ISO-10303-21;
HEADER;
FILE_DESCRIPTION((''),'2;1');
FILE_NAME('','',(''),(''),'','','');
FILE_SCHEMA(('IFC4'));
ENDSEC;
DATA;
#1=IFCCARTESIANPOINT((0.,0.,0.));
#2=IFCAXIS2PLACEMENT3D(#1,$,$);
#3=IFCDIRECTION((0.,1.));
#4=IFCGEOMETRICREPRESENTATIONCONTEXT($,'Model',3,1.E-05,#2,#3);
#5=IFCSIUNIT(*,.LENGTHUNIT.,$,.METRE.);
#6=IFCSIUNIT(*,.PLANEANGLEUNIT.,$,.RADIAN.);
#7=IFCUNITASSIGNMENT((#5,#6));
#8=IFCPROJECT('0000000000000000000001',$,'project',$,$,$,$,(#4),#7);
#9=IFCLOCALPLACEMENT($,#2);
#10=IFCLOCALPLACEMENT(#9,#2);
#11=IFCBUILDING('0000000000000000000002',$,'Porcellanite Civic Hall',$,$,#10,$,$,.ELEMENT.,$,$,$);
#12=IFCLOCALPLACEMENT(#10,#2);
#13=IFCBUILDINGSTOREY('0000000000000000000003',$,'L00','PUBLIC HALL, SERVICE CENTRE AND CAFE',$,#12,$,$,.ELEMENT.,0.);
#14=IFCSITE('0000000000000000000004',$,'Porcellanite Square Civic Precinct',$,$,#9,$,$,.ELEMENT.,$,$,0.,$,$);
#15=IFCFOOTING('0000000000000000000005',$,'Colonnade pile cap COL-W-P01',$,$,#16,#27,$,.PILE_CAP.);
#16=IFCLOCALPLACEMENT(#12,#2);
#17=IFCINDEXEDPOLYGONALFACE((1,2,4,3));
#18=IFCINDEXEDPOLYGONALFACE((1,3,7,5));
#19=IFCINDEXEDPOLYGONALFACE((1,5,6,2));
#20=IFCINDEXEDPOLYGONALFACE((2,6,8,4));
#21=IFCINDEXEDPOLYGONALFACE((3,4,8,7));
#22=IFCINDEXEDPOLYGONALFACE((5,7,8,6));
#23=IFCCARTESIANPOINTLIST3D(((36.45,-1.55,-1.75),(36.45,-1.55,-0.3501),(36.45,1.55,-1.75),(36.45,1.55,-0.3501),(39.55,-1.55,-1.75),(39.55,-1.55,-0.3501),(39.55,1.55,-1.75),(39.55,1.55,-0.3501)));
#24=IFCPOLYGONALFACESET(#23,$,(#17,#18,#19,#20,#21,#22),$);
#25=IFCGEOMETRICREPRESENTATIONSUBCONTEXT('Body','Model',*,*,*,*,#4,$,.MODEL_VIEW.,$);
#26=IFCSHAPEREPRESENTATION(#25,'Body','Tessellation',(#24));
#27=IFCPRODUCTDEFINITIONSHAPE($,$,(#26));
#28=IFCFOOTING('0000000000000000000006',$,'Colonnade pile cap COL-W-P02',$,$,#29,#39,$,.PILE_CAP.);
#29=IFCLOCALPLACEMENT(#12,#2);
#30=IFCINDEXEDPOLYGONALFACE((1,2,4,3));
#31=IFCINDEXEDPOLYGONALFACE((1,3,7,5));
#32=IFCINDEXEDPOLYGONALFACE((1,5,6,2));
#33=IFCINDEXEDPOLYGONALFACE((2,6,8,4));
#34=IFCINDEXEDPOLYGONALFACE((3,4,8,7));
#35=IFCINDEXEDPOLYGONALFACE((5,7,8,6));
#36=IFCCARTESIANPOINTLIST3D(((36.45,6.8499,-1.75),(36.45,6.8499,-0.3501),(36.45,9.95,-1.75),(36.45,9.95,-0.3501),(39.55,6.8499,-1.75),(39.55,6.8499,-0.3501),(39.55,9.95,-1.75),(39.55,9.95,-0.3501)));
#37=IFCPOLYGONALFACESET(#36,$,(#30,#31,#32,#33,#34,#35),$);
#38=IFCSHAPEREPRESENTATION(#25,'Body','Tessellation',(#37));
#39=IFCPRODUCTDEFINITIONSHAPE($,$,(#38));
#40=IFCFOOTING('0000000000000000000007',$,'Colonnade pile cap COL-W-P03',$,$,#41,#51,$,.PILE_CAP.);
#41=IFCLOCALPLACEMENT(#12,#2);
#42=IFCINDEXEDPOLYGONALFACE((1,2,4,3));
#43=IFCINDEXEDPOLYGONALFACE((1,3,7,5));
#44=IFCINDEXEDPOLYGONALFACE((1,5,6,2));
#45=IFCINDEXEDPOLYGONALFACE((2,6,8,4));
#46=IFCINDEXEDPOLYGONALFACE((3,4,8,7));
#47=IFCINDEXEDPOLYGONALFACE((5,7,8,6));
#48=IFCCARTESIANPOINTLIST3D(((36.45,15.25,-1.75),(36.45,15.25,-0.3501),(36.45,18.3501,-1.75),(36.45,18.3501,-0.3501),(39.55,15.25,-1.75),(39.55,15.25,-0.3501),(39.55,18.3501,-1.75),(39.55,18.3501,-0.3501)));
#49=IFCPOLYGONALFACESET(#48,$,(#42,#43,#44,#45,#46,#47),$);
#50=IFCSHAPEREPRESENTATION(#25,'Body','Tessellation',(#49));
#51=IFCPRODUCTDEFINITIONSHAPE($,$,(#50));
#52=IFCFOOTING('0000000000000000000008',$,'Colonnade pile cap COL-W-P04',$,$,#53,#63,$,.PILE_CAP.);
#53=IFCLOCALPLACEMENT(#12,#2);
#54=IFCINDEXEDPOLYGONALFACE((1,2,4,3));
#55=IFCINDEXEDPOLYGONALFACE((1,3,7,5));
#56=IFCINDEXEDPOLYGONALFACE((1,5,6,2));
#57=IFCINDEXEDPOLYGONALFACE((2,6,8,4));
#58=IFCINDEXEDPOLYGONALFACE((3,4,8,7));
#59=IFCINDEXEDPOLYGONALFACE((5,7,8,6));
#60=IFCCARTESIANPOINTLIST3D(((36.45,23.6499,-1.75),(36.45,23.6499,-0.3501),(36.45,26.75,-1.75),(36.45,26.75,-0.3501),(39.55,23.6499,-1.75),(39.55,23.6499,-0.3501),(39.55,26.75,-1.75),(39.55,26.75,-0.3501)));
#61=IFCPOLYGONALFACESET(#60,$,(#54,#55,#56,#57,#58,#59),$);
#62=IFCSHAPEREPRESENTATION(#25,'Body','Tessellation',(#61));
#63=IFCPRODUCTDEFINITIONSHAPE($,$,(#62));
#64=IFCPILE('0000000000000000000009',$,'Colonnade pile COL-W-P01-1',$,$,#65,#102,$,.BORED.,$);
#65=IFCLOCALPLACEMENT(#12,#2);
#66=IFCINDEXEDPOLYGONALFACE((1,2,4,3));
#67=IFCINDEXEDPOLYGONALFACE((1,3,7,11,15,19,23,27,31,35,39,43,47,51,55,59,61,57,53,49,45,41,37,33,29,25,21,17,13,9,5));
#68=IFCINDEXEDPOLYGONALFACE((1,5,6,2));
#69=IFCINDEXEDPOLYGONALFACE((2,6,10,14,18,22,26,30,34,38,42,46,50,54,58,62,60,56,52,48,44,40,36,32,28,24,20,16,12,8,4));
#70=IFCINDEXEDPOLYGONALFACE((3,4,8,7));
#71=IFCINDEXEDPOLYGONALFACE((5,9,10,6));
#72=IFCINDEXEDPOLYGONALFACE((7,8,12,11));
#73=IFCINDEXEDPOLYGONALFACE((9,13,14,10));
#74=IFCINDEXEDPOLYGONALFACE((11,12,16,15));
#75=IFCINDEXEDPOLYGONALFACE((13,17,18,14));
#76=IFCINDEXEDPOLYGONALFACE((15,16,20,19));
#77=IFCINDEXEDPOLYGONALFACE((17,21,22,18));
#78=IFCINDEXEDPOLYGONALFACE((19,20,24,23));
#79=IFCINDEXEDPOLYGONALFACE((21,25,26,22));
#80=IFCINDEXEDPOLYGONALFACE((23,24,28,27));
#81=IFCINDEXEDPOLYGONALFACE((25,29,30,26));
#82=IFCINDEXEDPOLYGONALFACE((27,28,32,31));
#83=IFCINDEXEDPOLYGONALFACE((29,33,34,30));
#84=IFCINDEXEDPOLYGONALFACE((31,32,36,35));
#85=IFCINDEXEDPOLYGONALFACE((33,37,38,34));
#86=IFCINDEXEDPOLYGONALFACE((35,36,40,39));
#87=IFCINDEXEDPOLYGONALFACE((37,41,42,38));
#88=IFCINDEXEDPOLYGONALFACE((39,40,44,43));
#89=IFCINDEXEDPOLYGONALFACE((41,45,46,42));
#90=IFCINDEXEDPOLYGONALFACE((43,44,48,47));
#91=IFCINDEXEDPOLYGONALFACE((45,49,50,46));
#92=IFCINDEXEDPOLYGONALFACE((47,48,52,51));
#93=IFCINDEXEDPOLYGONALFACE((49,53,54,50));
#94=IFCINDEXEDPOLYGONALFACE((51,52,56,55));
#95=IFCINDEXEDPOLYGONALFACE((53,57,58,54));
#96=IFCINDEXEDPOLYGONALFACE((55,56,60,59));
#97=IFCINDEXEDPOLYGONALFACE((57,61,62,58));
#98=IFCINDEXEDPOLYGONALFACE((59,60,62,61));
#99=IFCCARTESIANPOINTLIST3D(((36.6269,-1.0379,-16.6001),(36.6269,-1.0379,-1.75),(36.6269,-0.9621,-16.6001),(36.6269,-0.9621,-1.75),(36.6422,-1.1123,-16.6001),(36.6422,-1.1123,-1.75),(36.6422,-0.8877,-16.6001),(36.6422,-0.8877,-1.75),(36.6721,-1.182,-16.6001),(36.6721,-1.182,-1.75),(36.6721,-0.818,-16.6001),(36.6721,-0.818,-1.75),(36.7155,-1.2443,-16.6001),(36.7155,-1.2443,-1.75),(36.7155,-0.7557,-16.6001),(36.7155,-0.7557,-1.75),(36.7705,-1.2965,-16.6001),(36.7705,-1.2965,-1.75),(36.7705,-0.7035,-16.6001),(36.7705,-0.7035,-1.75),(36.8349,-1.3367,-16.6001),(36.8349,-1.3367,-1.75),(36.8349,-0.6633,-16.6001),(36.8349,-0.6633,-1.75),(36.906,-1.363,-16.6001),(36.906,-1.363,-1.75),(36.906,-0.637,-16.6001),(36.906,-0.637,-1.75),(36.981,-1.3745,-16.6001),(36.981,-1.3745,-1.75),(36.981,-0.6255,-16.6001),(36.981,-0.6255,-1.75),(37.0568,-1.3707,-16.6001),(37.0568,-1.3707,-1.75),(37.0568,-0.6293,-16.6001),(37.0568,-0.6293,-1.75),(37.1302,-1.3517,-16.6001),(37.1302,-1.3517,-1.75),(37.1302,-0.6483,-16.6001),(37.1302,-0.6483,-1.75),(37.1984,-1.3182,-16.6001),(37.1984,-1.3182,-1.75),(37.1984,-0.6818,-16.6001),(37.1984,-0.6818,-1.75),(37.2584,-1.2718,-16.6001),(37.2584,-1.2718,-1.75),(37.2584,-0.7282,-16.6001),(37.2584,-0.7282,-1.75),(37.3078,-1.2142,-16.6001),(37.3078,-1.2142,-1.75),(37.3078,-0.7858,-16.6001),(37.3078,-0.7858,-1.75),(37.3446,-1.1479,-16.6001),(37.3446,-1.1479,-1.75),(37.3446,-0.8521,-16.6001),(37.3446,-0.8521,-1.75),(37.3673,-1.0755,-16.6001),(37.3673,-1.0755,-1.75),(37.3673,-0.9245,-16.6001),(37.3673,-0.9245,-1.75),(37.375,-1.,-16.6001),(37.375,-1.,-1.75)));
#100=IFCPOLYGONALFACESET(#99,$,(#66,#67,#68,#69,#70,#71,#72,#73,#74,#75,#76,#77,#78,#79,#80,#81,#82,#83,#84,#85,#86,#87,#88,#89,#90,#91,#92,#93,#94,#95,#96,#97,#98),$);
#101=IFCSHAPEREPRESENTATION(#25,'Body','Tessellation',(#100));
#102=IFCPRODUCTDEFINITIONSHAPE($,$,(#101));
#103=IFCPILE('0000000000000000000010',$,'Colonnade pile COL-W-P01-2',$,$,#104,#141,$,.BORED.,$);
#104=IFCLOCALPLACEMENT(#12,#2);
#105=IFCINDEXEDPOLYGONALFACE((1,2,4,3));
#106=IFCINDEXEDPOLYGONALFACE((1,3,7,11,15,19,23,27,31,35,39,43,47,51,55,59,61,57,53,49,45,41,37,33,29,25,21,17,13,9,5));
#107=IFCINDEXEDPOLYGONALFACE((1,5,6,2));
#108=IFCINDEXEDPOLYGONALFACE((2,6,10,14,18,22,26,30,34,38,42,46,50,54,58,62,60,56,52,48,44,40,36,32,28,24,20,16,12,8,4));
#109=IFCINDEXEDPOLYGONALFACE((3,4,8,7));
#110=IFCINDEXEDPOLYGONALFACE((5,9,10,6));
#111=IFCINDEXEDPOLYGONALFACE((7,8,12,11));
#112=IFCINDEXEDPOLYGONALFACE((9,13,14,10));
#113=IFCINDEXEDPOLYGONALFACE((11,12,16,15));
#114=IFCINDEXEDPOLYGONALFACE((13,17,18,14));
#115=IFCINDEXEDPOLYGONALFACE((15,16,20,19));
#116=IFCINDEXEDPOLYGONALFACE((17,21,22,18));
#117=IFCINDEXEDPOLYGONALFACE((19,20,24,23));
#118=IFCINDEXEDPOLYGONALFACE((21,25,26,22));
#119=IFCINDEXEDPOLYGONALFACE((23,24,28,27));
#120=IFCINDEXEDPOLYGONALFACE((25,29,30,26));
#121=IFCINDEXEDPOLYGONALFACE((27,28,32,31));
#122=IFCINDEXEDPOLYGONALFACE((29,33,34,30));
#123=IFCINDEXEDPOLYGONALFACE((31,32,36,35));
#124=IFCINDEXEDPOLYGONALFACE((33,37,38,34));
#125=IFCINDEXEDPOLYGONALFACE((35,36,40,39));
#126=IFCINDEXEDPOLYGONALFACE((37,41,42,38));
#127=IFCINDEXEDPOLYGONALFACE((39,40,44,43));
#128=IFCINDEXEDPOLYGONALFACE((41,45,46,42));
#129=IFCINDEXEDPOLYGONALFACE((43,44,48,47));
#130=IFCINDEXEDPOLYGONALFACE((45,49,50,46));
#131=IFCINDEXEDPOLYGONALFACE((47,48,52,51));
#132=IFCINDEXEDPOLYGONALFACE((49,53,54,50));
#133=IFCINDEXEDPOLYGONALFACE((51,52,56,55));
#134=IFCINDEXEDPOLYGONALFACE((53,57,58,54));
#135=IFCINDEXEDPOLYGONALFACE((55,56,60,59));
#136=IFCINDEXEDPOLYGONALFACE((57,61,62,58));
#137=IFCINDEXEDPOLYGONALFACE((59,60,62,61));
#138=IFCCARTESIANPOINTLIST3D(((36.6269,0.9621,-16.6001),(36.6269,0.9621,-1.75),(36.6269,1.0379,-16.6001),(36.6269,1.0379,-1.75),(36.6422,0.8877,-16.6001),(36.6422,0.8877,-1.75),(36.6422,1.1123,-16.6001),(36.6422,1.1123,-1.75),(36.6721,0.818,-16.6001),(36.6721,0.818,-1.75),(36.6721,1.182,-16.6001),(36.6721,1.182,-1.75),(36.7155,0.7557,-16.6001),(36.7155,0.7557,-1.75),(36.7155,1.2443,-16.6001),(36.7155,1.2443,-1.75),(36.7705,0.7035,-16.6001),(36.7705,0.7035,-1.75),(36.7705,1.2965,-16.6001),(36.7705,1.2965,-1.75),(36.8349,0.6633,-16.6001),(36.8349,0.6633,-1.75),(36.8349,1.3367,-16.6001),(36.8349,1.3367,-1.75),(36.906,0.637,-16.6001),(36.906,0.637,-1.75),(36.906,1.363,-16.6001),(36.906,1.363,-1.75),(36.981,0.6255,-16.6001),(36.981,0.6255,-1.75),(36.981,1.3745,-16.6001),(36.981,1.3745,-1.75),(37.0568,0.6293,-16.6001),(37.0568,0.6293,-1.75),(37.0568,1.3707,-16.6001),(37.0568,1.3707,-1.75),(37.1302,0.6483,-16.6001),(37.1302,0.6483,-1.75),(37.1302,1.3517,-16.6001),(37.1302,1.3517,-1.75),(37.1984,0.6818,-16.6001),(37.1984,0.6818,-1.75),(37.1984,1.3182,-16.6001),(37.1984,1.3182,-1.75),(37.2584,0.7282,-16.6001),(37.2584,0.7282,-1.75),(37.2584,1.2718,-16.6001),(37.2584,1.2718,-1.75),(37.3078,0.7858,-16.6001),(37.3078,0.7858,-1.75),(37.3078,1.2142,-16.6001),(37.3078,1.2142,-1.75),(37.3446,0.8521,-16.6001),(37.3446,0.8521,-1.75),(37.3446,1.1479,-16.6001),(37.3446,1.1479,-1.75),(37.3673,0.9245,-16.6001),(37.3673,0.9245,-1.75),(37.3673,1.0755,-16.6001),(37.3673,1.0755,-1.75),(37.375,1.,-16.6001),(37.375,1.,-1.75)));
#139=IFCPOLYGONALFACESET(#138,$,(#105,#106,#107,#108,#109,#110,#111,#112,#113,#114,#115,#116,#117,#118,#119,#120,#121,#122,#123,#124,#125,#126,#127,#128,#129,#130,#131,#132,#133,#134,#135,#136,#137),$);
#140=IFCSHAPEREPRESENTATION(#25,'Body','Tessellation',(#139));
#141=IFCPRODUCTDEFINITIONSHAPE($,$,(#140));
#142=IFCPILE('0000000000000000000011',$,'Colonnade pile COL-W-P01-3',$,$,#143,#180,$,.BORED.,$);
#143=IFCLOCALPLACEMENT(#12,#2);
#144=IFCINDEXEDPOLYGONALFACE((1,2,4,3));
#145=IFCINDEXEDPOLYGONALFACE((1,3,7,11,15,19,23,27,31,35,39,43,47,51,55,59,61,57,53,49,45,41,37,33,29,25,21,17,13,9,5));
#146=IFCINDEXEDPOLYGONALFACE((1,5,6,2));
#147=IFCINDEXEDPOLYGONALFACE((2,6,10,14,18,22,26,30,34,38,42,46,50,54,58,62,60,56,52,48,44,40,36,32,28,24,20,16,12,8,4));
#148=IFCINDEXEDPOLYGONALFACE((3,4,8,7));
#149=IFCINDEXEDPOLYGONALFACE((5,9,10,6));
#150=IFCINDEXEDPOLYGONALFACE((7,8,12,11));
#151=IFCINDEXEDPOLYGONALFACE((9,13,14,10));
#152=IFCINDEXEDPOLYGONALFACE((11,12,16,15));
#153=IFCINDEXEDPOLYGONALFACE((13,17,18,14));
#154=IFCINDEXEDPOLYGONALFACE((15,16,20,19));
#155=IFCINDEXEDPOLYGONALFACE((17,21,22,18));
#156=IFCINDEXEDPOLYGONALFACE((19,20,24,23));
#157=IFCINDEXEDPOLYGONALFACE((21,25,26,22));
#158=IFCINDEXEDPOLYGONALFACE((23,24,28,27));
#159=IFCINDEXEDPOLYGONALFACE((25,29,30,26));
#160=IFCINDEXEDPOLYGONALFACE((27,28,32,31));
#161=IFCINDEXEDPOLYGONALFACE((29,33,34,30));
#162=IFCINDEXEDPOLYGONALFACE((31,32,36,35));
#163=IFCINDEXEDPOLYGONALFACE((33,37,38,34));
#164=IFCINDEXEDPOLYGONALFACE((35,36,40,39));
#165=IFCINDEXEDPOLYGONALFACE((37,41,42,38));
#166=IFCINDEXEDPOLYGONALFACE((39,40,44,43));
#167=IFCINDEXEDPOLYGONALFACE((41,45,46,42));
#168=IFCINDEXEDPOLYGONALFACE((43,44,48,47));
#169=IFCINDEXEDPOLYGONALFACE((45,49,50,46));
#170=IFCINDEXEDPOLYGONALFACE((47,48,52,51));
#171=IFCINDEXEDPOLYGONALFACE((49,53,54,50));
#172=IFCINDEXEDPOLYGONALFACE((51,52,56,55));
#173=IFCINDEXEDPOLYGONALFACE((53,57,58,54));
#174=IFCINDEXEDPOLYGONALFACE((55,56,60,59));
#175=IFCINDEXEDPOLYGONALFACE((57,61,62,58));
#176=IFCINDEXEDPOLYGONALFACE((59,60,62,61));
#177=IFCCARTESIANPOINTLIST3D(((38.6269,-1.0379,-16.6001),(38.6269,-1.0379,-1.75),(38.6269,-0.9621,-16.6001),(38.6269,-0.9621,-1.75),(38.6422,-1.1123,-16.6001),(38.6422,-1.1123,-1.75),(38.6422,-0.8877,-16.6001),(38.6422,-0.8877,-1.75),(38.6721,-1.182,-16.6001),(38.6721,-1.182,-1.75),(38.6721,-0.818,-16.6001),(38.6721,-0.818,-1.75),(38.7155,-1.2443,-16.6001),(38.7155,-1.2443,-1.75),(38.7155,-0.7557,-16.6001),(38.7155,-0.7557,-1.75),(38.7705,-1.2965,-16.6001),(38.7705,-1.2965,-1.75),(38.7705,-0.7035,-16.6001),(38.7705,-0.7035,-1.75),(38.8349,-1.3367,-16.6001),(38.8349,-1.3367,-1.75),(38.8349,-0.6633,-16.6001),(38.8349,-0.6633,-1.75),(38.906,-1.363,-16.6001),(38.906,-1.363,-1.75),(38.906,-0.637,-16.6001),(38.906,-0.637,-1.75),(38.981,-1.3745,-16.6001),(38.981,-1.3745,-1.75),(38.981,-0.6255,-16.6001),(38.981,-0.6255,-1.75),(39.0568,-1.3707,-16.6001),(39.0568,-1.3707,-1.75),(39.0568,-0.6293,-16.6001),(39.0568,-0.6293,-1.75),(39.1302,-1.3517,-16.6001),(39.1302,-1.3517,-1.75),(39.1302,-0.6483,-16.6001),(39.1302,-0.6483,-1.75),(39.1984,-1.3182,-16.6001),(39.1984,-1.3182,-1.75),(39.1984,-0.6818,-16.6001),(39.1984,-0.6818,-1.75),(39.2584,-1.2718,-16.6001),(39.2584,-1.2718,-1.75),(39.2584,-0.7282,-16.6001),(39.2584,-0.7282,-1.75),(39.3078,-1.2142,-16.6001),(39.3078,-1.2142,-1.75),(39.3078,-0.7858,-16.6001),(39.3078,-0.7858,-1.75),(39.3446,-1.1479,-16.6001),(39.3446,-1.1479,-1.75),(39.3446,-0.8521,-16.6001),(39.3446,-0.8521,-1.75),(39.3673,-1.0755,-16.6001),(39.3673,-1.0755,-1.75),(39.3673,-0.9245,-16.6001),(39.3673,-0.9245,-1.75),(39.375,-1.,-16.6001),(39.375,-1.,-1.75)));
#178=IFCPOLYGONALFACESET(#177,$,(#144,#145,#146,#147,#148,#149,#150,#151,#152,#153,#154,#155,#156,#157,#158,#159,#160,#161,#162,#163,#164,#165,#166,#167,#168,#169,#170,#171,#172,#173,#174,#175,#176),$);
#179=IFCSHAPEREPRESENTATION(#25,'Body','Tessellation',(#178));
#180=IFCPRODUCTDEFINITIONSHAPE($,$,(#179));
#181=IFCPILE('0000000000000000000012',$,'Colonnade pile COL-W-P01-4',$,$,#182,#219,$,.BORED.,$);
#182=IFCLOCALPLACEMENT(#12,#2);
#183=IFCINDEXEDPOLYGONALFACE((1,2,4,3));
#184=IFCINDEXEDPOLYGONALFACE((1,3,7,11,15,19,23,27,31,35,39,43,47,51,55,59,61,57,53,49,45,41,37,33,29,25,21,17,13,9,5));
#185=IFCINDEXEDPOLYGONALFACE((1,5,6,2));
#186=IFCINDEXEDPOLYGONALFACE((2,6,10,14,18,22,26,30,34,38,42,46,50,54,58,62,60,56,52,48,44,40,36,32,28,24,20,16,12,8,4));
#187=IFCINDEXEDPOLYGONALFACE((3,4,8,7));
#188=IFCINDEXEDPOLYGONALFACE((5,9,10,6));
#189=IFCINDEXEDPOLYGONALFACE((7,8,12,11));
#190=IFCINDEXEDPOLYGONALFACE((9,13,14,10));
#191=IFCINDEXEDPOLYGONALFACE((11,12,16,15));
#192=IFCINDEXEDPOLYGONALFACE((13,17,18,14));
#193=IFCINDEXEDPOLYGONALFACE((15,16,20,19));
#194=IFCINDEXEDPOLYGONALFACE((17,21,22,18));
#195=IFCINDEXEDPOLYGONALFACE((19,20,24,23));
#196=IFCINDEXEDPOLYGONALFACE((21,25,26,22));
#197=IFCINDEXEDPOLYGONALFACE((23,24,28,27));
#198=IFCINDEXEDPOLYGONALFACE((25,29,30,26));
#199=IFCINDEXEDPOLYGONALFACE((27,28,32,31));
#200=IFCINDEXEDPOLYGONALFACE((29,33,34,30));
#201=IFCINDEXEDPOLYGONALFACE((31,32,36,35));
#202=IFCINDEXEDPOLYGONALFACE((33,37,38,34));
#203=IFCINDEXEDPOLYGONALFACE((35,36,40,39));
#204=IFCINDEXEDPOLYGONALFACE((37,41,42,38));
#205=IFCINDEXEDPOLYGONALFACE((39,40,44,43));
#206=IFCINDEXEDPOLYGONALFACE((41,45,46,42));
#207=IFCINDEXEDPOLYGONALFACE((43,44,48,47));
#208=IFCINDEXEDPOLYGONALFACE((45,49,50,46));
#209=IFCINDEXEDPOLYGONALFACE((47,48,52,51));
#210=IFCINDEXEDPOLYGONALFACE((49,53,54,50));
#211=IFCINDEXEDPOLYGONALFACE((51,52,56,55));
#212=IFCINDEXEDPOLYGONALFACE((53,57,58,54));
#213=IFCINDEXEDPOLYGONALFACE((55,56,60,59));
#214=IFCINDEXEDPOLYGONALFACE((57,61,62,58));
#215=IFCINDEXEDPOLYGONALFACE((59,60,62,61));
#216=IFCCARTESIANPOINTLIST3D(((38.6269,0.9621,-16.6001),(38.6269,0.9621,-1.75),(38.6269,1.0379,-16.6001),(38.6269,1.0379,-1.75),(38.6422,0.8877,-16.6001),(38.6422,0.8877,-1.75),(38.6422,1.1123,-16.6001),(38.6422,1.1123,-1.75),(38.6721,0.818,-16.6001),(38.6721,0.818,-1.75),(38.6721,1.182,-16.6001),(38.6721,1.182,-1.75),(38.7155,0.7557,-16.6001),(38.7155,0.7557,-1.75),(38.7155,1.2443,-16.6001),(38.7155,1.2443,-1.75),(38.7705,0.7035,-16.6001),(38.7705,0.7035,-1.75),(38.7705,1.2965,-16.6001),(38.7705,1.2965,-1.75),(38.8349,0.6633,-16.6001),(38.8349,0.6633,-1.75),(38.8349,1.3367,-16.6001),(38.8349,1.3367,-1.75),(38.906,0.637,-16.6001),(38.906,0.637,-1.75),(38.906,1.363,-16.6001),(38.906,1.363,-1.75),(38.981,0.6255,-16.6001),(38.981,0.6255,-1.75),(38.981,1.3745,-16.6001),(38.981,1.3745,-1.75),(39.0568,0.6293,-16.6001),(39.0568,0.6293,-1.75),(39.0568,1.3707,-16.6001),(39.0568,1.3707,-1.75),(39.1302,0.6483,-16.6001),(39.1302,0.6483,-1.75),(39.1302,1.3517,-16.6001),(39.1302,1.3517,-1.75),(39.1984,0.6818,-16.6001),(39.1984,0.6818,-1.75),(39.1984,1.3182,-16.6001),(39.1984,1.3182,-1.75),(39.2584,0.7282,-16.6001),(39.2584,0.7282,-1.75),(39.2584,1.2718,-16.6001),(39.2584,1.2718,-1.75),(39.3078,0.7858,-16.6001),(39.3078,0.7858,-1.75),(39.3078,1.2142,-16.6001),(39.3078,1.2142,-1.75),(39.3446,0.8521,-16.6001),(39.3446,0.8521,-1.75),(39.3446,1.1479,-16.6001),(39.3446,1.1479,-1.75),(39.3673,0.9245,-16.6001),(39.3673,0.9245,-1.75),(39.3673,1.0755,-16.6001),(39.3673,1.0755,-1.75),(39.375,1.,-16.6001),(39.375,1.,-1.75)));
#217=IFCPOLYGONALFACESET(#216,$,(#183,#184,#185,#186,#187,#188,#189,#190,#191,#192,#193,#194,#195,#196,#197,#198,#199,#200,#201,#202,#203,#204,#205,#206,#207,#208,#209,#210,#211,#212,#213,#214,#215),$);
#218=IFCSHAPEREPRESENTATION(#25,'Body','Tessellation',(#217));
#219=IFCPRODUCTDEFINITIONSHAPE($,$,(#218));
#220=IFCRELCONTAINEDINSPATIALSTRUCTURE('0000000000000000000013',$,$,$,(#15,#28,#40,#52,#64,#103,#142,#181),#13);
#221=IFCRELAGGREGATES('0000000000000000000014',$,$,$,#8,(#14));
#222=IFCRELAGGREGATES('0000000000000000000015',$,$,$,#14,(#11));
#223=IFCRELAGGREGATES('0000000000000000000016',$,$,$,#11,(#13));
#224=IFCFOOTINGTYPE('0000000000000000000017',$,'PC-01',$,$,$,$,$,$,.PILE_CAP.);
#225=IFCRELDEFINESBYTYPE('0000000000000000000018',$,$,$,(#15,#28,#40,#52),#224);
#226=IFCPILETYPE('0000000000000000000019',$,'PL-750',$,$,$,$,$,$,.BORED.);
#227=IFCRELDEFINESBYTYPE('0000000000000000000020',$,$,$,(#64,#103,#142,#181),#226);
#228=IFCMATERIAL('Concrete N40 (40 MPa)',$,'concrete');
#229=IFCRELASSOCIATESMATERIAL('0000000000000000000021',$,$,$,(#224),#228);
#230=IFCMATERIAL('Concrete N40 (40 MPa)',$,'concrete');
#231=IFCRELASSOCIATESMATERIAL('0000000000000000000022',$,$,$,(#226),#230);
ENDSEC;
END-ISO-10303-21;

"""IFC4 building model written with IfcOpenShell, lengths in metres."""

from ifc_helpers import new_model, si_unit, direction, frame, origin, origin_2d, place, context, subcontext, project, spatial, rectangle, circle, extrude, material, material_profile, profile_set, type_object, element, save


model = new_model("IFC4")

# Units and contexts
model_context = context("Model", 3, precision=1e-05, world=origin(), true_north=direction((0.0, 1.0)))
body_context = subcontext(model_context, "Body", "Model", "MODEL_VIEW")
ifc_project = project(units=[si_unit("LENGTHUNIT", "METRE"), si_unit("PLANEANGLEUNIT", "RADIAN")], contexts=[model_context])

# Site, building, storey
site_placement = place(None, origin())
site = spatial("IfcSite", under=ifc_project, at=site_placement, Name="Porcellanite Square Civic Precinct", CompositionType="ELEMENT", RefElevation=0.0)
building_placement = place(site_placement, origin())
building = spatial("IfcBuilding", under=site, at=building_placement, Name="Porcellanite Civic Hall", CompositionType="ELEMENT")
storey_placement = place(building_placement, origin())
storey = spatial("IfcBuildingStorey", under=building, at=storey_placement, Name="L00", Description="PUBLIC HALL, SERVICE CENTRE AND CAFE", CompositionType="ELEMENT", Elevation=0.0)

# Footings
ifc_material_1 = material(Name="Concrete N40 (40 MPa)", Category="concrete")
footing_type = type_object("IfcFootingType", Name="PC-01", PredefinedType="PILE_CAP", material=ifc_material_1)
for number, where, z_axis, x_axis, name in (
    (1, (38.0, 0.0, -1.75), (0.0, 0.0, 1.0), (1.0, 0.0, 0.0), "Colonnade pile cap COL-W-P01"),
    (2, (38.0, 8.3999, -1.75), (0.0, 0.0, 1.0), (1.0, 0.0, 0.0), "Colonnade pile cap COL-W-P02"),
    (3, (38.0, 16.8, -1.75), (0.0, 0.0, 1.0), (1.0, 0.0, 0.0), "Colonnade pile cap COL-W-P03"),
    (4, (38.0, 25.2, -1.75), (0.0, 0.0, 1.0), (1.0, 0.0, 0.0), "Colonnade pile cap COL-W-P04"),
):
    element("IfcFooting", number, at=place(storey_placement, frame(where, z_axis=z_axis, x_axis=x_axis)), inside=storey, type_object=footing_type, Name=name, PredefinedType="PILE_CAP", context=body_context, shape_type="SweptSolid", body=[
        extrude(rectangle(XDim=3.1001, YDim=3.1001, at=origin_2d()), origin(), (0.0, 0.0, 1.0), 1.3999),
    ])

# Piles
ifc_material_2 = material(Name="Concrete N40 (40 MPa)", Category="concrete")
ifc_material_profile_1 = material_profile(ifc_material_2, circle(Radius=0.375, at=origin_2d()), Name="PILE-D750")
ifc_profile_set_1 = profile_set([ifc_material_profile_1], Name="Concrete N40 (40 MPa)")
pile_type = type_object("IfcPileType", Name="PL-750", PredefinedType="BORED", material=ifc_profile_set_1)
for number, where, z_axis, x_axis, name in (
    (5, (37.0, -1.0, -1.75), (0.0, 0.0, -1.0), (1.0, 0.0, 0.0), "Colonnade pile COL-W-P01-1"),
    (6, (37.0, 1.0, -1.75), (0.0, 0.0, -1.0), (1.0, 0.0, 0.0), "Colonnade pile COL-W-P01-2"),
    (7, (39.0, -1.0, -1.75), (0.0, 0.0, -1.0), (1.0, 0.0, 0.0), "Colonnade pile COL-W-P01-3"),
    (8, (39.0, 1.0, -1.75), (0.0, 0.0, -1.0), (1.0, 0.0, 0.0), "Colonnade pile COL-W-P01-4"),
):
    element("IfcPile", number, at=place(storey_placement, frame(where, z_axis=z_axis, x_axis=x_axis)), inside=storey, type_object=pile_type, Name=name, PredefinedType="BORED", context=body_context, shape_type="SweptSolid", body=[
        extrude(circle(Radius=0.375, at=origin_2d()), origin(), (0.0, 0.0, 1.0), 14.8501),
    ])

save(model, "model.ifc")
